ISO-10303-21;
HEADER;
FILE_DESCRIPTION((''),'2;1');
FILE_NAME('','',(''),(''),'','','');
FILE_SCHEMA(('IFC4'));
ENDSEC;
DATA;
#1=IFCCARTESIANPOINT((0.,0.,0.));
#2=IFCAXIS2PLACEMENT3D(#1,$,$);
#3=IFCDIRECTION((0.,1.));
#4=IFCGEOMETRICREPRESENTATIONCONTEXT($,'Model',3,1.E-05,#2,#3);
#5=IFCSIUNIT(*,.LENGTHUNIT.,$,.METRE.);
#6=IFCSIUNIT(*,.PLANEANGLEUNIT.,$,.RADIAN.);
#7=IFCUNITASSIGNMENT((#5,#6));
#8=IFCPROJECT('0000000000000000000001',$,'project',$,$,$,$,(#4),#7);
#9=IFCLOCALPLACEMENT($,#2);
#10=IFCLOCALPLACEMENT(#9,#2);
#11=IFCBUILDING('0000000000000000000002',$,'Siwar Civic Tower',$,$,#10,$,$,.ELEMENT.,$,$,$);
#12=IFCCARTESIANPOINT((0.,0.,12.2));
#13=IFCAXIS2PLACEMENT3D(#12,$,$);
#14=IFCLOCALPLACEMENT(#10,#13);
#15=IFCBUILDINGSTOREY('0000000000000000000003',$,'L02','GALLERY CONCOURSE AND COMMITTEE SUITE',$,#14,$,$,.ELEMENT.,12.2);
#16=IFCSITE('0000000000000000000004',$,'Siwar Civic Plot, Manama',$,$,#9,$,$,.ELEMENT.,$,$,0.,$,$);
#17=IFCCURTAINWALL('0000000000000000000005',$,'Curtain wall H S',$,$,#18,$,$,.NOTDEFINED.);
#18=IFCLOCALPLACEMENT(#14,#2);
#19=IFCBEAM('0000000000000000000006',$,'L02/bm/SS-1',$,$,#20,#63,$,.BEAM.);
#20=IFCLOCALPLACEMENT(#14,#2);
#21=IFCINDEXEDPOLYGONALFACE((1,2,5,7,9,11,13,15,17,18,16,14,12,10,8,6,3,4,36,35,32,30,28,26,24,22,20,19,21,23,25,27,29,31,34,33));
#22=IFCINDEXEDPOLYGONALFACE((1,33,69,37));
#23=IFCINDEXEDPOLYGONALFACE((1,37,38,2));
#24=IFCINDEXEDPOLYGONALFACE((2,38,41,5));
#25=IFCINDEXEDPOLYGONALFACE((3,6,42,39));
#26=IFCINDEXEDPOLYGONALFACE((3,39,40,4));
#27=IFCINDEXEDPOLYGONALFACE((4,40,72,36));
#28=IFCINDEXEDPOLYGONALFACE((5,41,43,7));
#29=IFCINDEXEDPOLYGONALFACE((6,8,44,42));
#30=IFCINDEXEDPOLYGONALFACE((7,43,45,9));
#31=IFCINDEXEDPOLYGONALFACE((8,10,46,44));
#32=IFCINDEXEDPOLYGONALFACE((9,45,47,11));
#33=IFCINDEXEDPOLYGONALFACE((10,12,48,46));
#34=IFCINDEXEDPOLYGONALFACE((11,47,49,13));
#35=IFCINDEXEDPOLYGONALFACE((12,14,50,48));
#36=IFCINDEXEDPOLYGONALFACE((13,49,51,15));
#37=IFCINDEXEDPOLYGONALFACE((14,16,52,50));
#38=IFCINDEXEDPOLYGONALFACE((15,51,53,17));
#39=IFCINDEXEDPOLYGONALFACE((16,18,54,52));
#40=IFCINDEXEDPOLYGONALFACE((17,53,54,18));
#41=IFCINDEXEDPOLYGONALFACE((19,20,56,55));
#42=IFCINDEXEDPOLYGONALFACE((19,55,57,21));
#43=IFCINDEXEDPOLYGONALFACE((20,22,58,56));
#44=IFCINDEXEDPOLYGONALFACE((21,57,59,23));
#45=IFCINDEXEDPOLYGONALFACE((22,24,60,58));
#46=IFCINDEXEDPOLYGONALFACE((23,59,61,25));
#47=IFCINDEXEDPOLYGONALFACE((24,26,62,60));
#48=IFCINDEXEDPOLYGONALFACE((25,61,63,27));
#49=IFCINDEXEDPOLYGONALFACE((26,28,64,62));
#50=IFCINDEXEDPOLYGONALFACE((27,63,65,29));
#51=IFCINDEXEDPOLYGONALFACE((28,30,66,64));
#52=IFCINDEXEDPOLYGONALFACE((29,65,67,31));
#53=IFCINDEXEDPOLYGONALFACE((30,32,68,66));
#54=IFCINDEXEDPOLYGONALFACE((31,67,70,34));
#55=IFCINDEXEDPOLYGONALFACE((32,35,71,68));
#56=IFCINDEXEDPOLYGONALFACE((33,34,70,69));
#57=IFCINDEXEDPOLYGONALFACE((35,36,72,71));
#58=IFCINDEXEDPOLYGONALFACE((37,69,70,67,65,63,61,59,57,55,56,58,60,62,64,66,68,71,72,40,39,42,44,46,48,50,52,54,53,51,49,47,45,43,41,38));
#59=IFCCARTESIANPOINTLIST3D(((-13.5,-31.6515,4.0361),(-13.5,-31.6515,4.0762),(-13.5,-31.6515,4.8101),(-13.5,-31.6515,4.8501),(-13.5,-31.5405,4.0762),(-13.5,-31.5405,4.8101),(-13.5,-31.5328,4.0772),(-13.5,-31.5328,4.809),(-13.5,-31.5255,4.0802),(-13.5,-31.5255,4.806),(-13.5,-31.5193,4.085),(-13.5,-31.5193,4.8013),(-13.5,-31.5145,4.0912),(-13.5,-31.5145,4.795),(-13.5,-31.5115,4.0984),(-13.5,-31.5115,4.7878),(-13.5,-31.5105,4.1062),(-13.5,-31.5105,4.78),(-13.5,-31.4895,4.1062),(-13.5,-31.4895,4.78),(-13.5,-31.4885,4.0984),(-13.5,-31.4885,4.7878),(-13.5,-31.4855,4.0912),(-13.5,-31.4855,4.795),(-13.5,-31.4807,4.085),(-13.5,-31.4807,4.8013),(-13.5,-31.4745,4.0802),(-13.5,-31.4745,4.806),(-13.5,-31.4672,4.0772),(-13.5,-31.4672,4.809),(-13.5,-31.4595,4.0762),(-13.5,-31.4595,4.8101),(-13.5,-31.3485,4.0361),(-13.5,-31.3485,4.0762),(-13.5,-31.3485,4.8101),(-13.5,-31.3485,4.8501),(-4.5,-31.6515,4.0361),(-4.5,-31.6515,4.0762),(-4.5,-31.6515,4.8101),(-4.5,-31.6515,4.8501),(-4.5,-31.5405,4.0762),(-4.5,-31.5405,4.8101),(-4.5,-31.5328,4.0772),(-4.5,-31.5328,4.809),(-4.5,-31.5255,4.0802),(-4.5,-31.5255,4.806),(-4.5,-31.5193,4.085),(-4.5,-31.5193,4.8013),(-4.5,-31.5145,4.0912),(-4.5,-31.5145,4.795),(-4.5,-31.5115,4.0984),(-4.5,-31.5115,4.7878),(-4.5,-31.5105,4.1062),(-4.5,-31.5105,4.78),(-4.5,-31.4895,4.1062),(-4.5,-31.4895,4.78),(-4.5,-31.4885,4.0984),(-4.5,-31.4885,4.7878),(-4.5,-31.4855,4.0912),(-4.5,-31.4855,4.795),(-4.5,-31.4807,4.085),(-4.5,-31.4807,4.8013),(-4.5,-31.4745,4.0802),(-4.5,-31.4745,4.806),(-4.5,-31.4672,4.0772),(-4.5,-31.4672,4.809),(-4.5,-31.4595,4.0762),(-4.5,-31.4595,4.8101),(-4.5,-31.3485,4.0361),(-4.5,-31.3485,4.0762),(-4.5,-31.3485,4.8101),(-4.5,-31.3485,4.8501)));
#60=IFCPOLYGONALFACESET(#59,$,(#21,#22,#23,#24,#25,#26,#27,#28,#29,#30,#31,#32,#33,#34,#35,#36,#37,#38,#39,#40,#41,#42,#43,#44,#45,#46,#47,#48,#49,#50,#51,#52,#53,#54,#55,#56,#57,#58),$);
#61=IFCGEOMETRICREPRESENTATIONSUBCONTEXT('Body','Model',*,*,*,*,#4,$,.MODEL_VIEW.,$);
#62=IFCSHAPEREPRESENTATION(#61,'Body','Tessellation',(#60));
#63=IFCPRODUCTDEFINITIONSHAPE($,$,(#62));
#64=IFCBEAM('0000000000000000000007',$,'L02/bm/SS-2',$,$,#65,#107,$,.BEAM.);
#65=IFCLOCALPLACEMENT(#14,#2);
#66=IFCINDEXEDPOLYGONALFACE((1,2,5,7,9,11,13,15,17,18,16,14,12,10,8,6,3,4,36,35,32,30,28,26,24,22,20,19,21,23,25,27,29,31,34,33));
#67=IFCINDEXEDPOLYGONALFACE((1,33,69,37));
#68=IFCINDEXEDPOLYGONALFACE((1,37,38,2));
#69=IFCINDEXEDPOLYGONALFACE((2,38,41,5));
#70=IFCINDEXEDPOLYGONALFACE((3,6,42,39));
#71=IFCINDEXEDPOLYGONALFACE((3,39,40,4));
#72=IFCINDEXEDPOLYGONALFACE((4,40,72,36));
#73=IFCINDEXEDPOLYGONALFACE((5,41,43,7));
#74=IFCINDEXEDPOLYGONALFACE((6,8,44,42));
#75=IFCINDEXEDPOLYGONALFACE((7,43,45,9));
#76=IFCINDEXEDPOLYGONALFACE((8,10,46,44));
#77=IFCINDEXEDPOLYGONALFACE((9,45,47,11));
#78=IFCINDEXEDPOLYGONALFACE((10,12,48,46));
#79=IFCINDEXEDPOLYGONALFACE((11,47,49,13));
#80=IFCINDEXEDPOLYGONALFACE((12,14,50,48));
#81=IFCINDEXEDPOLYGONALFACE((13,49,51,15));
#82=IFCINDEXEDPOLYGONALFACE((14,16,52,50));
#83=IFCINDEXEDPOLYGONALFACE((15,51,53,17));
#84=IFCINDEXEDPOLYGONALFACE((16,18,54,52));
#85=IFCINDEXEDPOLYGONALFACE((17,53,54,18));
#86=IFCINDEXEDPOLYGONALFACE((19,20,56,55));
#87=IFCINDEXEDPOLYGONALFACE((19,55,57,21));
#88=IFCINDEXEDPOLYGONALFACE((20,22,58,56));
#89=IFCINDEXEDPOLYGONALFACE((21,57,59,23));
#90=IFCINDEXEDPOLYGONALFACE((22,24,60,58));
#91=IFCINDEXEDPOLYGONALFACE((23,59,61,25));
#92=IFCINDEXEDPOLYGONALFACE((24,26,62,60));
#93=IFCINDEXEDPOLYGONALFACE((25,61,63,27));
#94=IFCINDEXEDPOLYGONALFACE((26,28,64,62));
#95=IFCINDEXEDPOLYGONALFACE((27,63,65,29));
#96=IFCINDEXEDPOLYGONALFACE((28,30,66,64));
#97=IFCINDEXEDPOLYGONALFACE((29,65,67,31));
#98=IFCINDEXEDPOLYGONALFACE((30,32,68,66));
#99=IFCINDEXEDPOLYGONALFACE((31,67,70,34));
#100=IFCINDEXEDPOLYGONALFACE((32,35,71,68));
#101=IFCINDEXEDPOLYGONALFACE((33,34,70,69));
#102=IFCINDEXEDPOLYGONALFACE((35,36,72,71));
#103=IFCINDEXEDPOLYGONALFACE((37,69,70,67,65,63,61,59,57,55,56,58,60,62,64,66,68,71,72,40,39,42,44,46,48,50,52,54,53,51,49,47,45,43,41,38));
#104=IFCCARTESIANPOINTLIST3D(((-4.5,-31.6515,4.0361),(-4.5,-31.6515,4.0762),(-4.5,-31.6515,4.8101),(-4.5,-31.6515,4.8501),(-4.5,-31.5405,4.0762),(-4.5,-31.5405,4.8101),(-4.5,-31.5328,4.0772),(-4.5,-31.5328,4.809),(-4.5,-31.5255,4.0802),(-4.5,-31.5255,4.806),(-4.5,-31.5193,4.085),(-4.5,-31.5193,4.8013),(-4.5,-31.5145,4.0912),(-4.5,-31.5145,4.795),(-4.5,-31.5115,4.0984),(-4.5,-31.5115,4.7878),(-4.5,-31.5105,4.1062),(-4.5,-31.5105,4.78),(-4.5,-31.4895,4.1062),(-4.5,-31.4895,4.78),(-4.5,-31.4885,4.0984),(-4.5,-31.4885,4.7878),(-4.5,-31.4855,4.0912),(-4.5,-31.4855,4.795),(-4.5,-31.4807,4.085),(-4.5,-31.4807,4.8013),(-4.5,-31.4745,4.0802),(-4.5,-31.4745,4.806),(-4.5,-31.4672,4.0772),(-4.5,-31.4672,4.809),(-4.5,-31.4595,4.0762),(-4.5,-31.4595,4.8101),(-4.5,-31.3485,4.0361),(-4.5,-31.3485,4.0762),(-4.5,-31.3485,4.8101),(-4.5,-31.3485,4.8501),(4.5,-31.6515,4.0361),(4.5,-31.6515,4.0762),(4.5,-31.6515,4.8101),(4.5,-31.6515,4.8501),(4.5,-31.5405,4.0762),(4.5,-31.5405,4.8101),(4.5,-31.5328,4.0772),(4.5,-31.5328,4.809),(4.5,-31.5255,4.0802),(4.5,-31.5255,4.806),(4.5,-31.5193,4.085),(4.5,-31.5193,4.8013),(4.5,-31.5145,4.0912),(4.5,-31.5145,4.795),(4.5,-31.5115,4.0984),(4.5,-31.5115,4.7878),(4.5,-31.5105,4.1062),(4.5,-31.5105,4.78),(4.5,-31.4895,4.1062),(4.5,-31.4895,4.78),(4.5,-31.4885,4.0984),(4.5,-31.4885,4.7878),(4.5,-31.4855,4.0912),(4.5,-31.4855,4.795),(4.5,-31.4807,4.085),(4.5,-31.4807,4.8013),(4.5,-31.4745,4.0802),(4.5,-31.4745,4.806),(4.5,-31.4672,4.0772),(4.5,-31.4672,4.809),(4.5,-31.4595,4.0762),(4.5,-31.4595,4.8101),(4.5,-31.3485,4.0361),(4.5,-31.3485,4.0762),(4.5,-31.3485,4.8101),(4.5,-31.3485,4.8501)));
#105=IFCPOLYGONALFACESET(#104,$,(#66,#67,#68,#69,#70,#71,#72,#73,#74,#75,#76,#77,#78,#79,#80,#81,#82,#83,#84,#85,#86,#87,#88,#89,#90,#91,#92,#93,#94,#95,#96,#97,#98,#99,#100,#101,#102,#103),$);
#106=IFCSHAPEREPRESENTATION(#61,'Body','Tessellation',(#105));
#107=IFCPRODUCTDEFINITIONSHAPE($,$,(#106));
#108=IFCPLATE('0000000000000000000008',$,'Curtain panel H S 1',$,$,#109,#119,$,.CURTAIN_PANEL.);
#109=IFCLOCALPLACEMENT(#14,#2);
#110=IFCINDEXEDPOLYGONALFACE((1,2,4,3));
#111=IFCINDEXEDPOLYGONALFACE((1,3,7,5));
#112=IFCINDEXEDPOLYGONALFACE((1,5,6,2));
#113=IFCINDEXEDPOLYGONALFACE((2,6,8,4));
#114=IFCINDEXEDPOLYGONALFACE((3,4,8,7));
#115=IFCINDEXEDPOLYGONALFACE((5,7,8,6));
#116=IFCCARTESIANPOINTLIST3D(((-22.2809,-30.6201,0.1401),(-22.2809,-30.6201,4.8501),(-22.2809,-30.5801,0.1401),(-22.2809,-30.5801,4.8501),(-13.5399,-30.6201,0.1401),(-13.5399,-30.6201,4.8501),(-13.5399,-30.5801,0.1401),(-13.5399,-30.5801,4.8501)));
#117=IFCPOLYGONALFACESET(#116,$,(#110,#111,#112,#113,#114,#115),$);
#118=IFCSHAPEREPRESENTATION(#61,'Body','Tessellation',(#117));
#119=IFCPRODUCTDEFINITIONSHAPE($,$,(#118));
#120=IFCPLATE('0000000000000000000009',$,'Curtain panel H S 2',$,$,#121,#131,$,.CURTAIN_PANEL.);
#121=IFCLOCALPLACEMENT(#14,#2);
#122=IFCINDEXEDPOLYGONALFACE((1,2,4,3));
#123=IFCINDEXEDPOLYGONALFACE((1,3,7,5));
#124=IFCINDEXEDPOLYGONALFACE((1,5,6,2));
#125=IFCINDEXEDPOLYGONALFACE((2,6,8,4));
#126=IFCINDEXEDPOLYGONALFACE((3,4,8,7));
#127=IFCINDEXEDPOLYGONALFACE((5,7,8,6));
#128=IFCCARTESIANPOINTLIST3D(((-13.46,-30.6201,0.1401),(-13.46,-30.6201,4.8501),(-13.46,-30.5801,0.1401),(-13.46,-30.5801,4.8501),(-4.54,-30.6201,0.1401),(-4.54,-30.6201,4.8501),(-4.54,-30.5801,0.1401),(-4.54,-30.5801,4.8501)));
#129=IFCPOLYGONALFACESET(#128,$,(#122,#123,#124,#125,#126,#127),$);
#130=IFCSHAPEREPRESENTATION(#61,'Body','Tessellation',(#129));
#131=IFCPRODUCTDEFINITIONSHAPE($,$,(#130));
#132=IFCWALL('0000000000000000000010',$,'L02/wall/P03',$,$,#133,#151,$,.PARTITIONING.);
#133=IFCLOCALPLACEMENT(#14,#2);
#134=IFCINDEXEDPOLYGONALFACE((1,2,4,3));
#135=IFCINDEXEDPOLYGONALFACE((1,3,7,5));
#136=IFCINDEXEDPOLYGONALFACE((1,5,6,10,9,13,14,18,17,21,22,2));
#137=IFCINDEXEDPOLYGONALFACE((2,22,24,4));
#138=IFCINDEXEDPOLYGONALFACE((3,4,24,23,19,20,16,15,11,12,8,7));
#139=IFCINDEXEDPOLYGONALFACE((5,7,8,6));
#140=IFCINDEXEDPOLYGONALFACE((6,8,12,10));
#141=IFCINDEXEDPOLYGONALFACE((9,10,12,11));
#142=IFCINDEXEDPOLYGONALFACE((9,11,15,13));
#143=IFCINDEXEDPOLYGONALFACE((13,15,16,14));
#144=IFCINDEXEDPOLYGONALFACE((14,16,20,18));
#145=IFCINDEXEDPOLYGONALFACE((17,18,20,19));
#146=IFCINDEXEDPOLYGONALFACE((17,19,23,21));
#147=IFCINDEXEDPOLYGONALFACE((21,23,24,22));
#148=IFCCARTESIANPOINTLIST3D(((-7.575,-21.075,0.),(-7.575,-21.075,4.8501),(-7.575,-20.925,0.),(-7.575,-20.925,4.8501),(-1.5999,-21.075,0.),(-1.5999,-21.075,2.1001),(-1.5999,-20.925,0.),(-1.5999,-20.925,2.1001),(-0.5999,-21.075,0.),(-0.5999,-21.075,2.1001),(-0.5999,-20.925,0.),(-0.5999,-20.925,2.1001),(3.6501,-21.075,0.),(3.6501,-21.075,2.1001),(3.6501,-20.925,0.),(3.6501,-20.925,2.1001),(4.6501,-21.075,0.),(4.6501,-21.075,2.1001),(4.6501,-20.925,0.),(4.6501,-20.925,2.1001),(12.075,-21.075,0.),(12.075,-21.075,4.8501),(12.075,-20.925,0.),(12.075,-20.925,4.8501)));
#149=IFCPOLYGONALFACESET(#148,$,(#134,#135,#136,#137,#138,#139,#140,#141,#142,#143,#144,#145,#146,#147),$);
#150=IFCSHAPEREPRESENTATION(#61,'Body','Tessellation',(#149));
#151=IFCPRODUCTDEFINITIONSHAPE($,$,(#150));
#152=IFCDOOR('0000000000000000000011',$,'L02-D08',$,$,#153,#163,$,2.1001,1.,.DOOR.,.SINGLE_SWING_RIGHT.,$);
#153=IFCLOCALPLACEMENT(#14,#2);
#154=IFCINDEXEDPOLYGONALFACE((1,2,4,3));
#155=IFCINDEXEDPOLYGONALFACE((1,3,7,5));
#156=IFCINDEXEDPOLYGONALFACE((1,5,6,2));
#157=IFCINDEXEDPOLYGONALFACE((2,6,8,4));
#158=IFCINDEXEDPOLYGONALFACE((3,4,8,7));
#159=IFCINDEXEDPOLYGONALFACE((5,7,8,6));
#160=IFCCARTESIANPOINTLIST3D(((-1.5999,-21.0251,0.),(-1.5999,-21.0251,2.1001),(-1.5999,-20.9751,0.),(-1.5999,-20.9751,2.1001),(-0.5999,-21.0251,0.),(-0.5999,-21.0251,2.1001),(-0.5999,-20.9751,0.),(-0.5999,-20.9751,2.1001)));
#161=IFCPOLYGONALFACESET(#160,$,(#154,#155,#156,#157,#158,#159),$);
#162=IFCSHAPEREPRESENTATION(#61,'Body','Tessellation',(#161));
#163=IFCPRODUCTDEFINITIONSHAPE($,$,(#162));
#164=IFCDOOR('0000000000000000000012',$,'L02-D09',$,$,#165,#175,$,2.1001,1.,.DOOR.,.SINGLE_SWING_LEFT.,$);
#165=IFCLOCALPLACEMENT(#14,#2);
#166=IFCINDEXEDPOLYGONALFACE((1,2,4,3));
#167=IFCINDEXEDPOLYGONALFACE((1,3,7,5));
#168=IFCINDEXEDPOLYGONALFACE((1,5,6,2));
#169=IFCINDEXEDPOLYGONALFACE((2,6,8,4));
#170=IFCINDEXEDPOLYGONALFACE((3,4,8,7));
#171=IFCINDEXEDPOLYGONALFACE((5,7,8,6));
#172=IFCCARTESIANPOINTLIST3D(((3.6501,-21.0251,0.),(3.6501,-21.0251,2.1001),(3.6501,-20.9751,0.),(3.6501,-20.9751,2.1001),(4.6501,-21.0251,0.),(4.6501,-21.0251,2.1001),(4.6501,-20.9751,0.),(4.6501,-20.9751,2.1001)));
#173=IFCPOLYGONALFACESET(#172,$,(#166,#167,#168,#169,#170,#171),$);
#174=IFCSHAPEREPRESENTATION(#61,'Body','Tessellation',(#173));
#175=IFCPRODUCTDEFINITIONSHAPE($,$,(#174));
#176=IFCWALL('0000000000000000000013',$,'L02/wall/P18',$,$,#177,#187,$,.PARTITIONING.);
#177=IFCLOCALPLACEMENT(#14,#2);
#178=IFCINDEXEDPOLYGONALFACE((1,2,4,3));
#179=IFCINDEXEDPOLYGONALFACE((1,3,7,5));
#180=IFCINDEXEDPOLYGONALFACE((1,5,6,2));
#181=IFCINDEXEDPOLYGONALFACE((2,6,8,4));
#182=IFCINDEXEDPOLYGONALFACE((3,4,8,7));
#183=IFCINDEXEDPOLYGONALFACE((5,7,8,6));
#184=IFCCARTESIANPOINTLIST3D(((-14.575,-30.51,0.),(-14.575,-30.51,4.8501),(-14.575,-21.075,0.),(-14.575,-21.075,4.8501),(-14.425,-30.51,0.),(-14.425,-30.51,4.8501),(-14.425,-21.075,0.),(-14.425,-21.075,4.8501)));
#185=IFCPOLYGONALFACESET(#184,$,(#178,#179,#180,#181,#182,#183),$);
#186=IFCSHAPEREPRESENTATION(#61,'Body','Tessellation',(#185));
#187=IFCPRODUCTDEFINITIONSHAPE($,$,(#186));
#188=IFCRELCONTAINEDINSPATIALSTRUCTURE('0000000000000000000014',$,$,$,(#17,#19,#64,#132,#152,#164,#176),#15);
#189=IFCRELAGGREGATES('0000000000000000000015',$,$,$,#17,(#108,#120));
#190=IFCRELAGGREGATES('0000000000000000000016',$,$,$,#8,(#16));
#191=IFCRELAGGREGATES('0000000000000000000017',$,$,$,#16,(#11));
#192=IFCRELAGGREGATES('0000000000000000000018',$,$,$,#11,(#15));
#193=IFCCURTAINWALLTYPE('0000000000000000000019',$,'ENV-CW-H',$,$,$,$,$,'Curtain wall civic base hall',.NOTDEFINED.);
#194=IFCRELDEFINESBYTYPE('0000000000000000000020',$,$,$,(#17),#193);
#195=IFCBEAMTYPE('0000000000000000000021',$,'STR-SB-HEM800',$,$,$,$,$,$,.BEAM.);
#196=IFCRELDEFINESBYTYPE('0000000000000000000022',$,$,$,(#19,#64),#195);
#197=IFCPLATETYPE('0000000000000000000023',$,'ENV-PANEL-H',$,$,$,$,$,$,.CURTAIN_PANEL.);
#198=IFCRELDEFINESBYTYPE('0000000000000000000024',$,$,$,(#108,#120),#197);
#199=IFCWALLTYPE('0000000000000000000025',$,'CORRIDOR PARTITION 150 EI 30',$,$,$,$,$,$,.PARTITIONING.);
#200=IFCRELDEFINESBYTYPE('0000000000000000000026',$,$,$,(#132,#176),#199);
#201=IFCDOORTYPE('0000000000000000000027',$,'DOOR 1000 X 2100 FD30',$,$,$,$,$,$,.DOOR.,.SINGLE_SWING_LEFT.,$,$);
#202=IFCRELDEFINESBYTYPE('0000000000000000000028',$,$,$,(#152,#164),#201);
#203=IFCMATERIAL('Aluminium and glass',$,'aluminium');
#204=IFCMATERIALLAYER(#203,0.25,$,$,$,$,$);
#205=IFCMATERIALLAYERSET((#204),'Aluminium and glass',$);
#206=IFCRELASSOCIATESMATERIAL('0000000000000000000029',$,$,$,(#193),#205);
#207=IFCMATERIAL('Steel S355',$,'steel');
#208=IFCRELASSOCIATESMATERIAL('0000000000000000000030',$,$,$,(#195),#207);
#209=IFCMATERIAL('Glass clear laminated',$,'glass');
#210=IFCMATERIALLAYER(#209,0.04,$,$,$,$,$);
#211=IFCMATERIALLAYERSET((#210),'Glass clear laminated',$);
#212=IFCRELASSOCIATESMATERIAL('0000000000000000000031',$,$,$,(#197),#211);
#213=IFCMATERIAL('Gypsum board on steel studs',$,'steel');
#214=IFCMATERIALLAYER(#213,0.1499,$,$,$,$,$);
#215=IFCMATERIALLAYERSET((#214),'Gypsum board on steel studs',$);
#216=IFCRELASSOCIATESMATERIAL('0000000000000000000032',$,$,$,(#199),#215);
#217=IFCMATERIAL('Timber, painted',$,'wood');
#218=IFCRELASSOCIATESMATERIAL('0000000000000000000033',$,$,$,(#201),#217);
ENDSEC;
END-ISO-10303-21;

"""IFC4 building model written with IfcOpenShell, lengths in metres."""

from ifc_helpers import new_model, si_unit, direction, frame, frame_2d, origin, origin_2d, place, context, subcontext, project, spatial, rectangle, i_section, extrude, material, layer, layer_set, material_profile, profile_set, type_object, element, fill, aggregate, save


model = new_model("IFC4")

# Units and contexts
model_context = context("Model", 3, precision=1e-05, world=origin(), true_north=direction((0.0, 1.0)))
body_context = subcontext(model_context, "Body", "Model", "MODEL_VIEW")
ifc_project = project(units=[si_unit("LENGTHUNIT", "METRE"), si_unit("PLANEANGLEUNIT", "RADIAN")], contexts=[model_context])

# Site, building, storey
site_placement = place(None, origin())
site = spatial("IfcSite", under=ifc_project, at=site_placement, Name="Siwar Civic Plot, Manama", CompositionType="ELEMENT", RefElevation=0.0)
building_placement = place(site_placement, origin())
building = spatial("IfcBuilding", under=site, at=building_placement, Name="Siwar Civic Tower", CompositionType="ELEMENT")
storey_placement = place(building_placement, frame((0.0, 0.0, 12.2)))
storey = spatial("IfcBuildingStorey", under=building, at=storey_placement, Name="L02", Description="GALLERY CONCOURSE AND COMMITTEE SUITE", CompositionType="ELEMENT", Elevation=12.2)

# Curtain wall
ifc_material_1 = material(Name="Aluminium and glass", Category="aluminium")
ifc_layer_1 = layer(ifc_material_1, 0.25)
ifc_layer_set_1 = layer_set([ifc_layer_1], Name="Aluminium and glass")
curtain_wall_type = type_object("IfcCurtainWallType", Name="ENV-CW-H", ElementType="Curtain wall civic base hall", PredefinedType="NOTDEFINED", material=ifc_layer_set_1)
curtain_wall_placement = place(storey_placement, origin())
curtain_wall = element("IfcCurtainWall", 1, at=curtain_wall_placement, inside=storey, type_object=curtain_wall_type, Name="Curtain wall H S", PredefinedType="NOTDEFINED")

# Beams
ifc_material_2 = material(Name="Steel S355", Category="steel")
ifc_material_profile_1 = material_profile(ifc_material_2, i_section(OverallWidth=0.303, OverallDepth=0.814, WebThickness=0.021, FlangeThickness=0.04, FilletRadius=0.03, at=origin_2d()), Name="HEM800")
ifc_profile_set_1 = profile_set([ifc_material_profile_1], Name="Steel S355")
beam_type_1 = type_object("IfcBeamType", Name="STR-SB-HEM800", PredefinedType="BEAM", material=ifc_profile_set_1)
for number, where, z_axis, x_axis, name in (
    (2, (-13.5, -31.5, 4.4431), (1.0, 0.0, 0.0), (0.0, 1.0, 0.0), "L02/bm/SS-1"),
    (3, (-4.5, -31.5, 4.4431), (1.0, 0.0, 0.0), (0.0, 1.0, 0.0), "L02/bm/SS-2"),
):
    element("IfcBeam", number, at=place(storey_placement, frame(where, z_axis=z_axis, x_axis=x_axis)), inside=storey, type_object=beam_type_1, Name=name, PredefinedType="BEAM", context=body_context, shape_type="SweptSolid", body=[
        extrude(i_section(OverallWidth=0.303, OverallDepth=0.814, WebThickness=0.021, FlangeThickness=0.04, FilletRadius=0.03, at=origin_2d()), origin(), (0.0, 0.0, 1.0), 9.0),
    ])

# Plates
ifc_material_3 = material(Name="Glass clear laminated", Category="glass")
ifc_layer_2 = layer(ifc_material_3, 0.04)
ifc_layer_set_2 = layer_set([ifc_layer_2], Name="Glass clear laminated")
plate_type = type_object("IfcPlateType", Name="ENV-PANEL-H", PredefinedType="CURTAIN_PANEL", material=ifc_layer_set_2)
plate_1_placement = place(storey_placement, frame((-17.9104, -30.6001, 0.1401), z_axis=(0.0, 0.0, 1.0), x_axis=(1.0, 0.0, 0.0)))
plate_1 = element("IfcPlate", 4, at=plate_1_placement, type_object=plate_type, Name="Curtain panel H S 1", PredefinedType="CURTAIN_PANEL", context=body_context, shape_type="SweptSolid", body=[
    extrude(rectangle(XDim=8.741, YDim=0.04, at=origin_2d()), origin(), (0.0, 0.0, 1.0), 4.71),
])
plate_2_placement = place(storey_placement, frame((-9.0, -30.6001, 0.1401), z_axis=(0.0, 0.0, 1.0), x_axis=(1.0, 0.0, 0.0)))
plate_2 = element("IfcPlate", 5, at=plate_2_placement, type_object=plate_type, Name="Curtain panel H S 2", PredefinedType="CURTAIN_PANEL", context=body_context, shape_type="SweptSolid", body=[
    extrude(rectangle(XDim=8.9199, YDim=0.04, at=origin_2d()), origin(), (0.0, 0.0, 1.0), 4.71),
])
aggregate(curtain_wall, [plate_1, plate_2])

# Wall, openings, doors
ifc_material_4 = material(Name="Gypsum board on steel studs", Category="steel")
ifc_layer_3 = layer(ifc_material_4, 0.1499)
ifc_layer_set_3 = layer_set([ifc_layer_3], Name="Gypsum board on steel studs")
wall_type = type_object("IfcWallType", Name="CORRIDOR PARTITION 150 EI 30", PredefinedType="PARTITIONING", material=ifc_layer_set_3)
wall_placement = place(storey_placement, frame((-7.575, -21.0, 0.0), z_axis=(0.0, 0.0, 1.0), x_axis=(1.0, 0.0, 0.0)))
wall = element("IfcWall", 6, at=wall_placement, inside=storey, type_object=wall_type, Name="L02/wall/P03", PredefinedType="PARTITIONING", context=body_context, shape_type="SweptSolid", body=[
    extrude(rectangle(XDim=19.6499, YDim=0.1499, at=frame_2d((9.825, 0.0))), origin(), (0.0, 0.0, 1.0), 4.8501),
])
opening_1_placement = place(wall_placement, frame((5.9751, 0.0, 0.0)))
opening_1 = element("IfcOpeningElement", 7, at=opening_1_placement, cuts=wall, PredefinedType="OPENING", context=body_context, shape_type="SweptSolid", body=[
    extrude(rectangle(XDim=1.0, YDim=2.1001, at=frame_2d((0.5, 1.05))), frame((0.0, 0.085, 0.0), z_axis=(0.0, -1.0, 0.0), x_axis=(1.0, 0.0, 0.0)), (0.0, 0.0, 1.0), 0.1699),
])
opening_2_placement = place(wall_placement, frame((11.2251, 0.0, 0.0)))
opening_2 = element("IfcOpeningElement", 8, at=opening_2_placement, cuts=wall, PredefinedType="OPENING", context=body_context, shape_type="SweptSolid", body=[
    extrude(rectangle(XDim=1.0, YDim=2.1001, at=frame_2d((0.5, 1.05))), frame((0.0, 0.085, 0.0), z_axis=(0.0, -1.0, 0.0), x_axis=(1.0, 0.0, 0.0)), (0.0, 0.0, 1.0), 0.1699),
])
ifc_material_5 = material(Name="Timber, painted", Category="wood")
door_type = type_object("IfcDoorType", Name="DOOR 1000 X 2100 FD30", OperationType="SINGLE_SWING_LEFT", PredefinedType="DOOR", material=ifc_material_5)
door_1_placement = place(opening_1_placement, origin())
door_1 = element("IfcDoor", 9, at=door_1_placement, inside=storey, type_object=door_type, Name="L02-D08", OperationType="SINGLE_SWING_RIGHT", OverallHeight=2.1001, OverallWidth=1.0, PredefinedType="DOOR", context=body_context, shape_type="SweptSolid", body=[
    extrude(rectangle(XDim=1.0, YDim=2.1001, at=frame_2d((0.5, 1.05))), frame((0.0, 0.0249, 0.0), z_axis=(0.0, -1.0, 0.0), x_axis=(1.0, 0.0, 0.0)), (0.0, 0.0, 1.0), 0.05),
])
fill(opening_1, door_1)
door_2_placement = place(opening_2_placement, origin())
door_2 = element("IfcDoor", 10, at=door_2_placement, inside=storey, type_object=door_type, Name="L02-D09", OperationType="SINGLE_SWING_LEFT", OverallHeight=2.1001, OverallWidth=1.0, PredefinedType="DOOR", context=body_context, shape_type="SweptSolid", body=[
    extrude(rectangle(XDim=1.0, YDim=2.1001, at=frame_2d((0.5, 1.05))), frame((0.0, 0.0249, 0.0), z_axis=(0.0, -1.0, 0.0), x_axis=(1.0, 0.0, 0.0)), (0.0, 0.0, 1.0), 0.05),
])
fill(opening_2, door_2)

# Wall
for number, where, z_axis, x_axis, name in (
    (11, (-14.5, -30.51, 0.0), (0.0, 0.0, 1.0), (0.0, 1.0, 0.0), "L02/wall/P18"),
):
    element("IfcWall", number, at=place(storey_placement, frame(where, z_axis=z_axis, x_axis=x_axis)), inside=storey, type_object=wall_type, Name=name, PredefinedType="PARTITIONING", context=body_context, shape_type="SweptSolid", body=[
        extrude(rectangle(XDim=9.4351, YDim=0.1499, at=frame_2d((4.7175, 0.0))), origin(), (0.0, 0.0, 1.0), 4.8501),
    ])

save(model, "model.ifc")
